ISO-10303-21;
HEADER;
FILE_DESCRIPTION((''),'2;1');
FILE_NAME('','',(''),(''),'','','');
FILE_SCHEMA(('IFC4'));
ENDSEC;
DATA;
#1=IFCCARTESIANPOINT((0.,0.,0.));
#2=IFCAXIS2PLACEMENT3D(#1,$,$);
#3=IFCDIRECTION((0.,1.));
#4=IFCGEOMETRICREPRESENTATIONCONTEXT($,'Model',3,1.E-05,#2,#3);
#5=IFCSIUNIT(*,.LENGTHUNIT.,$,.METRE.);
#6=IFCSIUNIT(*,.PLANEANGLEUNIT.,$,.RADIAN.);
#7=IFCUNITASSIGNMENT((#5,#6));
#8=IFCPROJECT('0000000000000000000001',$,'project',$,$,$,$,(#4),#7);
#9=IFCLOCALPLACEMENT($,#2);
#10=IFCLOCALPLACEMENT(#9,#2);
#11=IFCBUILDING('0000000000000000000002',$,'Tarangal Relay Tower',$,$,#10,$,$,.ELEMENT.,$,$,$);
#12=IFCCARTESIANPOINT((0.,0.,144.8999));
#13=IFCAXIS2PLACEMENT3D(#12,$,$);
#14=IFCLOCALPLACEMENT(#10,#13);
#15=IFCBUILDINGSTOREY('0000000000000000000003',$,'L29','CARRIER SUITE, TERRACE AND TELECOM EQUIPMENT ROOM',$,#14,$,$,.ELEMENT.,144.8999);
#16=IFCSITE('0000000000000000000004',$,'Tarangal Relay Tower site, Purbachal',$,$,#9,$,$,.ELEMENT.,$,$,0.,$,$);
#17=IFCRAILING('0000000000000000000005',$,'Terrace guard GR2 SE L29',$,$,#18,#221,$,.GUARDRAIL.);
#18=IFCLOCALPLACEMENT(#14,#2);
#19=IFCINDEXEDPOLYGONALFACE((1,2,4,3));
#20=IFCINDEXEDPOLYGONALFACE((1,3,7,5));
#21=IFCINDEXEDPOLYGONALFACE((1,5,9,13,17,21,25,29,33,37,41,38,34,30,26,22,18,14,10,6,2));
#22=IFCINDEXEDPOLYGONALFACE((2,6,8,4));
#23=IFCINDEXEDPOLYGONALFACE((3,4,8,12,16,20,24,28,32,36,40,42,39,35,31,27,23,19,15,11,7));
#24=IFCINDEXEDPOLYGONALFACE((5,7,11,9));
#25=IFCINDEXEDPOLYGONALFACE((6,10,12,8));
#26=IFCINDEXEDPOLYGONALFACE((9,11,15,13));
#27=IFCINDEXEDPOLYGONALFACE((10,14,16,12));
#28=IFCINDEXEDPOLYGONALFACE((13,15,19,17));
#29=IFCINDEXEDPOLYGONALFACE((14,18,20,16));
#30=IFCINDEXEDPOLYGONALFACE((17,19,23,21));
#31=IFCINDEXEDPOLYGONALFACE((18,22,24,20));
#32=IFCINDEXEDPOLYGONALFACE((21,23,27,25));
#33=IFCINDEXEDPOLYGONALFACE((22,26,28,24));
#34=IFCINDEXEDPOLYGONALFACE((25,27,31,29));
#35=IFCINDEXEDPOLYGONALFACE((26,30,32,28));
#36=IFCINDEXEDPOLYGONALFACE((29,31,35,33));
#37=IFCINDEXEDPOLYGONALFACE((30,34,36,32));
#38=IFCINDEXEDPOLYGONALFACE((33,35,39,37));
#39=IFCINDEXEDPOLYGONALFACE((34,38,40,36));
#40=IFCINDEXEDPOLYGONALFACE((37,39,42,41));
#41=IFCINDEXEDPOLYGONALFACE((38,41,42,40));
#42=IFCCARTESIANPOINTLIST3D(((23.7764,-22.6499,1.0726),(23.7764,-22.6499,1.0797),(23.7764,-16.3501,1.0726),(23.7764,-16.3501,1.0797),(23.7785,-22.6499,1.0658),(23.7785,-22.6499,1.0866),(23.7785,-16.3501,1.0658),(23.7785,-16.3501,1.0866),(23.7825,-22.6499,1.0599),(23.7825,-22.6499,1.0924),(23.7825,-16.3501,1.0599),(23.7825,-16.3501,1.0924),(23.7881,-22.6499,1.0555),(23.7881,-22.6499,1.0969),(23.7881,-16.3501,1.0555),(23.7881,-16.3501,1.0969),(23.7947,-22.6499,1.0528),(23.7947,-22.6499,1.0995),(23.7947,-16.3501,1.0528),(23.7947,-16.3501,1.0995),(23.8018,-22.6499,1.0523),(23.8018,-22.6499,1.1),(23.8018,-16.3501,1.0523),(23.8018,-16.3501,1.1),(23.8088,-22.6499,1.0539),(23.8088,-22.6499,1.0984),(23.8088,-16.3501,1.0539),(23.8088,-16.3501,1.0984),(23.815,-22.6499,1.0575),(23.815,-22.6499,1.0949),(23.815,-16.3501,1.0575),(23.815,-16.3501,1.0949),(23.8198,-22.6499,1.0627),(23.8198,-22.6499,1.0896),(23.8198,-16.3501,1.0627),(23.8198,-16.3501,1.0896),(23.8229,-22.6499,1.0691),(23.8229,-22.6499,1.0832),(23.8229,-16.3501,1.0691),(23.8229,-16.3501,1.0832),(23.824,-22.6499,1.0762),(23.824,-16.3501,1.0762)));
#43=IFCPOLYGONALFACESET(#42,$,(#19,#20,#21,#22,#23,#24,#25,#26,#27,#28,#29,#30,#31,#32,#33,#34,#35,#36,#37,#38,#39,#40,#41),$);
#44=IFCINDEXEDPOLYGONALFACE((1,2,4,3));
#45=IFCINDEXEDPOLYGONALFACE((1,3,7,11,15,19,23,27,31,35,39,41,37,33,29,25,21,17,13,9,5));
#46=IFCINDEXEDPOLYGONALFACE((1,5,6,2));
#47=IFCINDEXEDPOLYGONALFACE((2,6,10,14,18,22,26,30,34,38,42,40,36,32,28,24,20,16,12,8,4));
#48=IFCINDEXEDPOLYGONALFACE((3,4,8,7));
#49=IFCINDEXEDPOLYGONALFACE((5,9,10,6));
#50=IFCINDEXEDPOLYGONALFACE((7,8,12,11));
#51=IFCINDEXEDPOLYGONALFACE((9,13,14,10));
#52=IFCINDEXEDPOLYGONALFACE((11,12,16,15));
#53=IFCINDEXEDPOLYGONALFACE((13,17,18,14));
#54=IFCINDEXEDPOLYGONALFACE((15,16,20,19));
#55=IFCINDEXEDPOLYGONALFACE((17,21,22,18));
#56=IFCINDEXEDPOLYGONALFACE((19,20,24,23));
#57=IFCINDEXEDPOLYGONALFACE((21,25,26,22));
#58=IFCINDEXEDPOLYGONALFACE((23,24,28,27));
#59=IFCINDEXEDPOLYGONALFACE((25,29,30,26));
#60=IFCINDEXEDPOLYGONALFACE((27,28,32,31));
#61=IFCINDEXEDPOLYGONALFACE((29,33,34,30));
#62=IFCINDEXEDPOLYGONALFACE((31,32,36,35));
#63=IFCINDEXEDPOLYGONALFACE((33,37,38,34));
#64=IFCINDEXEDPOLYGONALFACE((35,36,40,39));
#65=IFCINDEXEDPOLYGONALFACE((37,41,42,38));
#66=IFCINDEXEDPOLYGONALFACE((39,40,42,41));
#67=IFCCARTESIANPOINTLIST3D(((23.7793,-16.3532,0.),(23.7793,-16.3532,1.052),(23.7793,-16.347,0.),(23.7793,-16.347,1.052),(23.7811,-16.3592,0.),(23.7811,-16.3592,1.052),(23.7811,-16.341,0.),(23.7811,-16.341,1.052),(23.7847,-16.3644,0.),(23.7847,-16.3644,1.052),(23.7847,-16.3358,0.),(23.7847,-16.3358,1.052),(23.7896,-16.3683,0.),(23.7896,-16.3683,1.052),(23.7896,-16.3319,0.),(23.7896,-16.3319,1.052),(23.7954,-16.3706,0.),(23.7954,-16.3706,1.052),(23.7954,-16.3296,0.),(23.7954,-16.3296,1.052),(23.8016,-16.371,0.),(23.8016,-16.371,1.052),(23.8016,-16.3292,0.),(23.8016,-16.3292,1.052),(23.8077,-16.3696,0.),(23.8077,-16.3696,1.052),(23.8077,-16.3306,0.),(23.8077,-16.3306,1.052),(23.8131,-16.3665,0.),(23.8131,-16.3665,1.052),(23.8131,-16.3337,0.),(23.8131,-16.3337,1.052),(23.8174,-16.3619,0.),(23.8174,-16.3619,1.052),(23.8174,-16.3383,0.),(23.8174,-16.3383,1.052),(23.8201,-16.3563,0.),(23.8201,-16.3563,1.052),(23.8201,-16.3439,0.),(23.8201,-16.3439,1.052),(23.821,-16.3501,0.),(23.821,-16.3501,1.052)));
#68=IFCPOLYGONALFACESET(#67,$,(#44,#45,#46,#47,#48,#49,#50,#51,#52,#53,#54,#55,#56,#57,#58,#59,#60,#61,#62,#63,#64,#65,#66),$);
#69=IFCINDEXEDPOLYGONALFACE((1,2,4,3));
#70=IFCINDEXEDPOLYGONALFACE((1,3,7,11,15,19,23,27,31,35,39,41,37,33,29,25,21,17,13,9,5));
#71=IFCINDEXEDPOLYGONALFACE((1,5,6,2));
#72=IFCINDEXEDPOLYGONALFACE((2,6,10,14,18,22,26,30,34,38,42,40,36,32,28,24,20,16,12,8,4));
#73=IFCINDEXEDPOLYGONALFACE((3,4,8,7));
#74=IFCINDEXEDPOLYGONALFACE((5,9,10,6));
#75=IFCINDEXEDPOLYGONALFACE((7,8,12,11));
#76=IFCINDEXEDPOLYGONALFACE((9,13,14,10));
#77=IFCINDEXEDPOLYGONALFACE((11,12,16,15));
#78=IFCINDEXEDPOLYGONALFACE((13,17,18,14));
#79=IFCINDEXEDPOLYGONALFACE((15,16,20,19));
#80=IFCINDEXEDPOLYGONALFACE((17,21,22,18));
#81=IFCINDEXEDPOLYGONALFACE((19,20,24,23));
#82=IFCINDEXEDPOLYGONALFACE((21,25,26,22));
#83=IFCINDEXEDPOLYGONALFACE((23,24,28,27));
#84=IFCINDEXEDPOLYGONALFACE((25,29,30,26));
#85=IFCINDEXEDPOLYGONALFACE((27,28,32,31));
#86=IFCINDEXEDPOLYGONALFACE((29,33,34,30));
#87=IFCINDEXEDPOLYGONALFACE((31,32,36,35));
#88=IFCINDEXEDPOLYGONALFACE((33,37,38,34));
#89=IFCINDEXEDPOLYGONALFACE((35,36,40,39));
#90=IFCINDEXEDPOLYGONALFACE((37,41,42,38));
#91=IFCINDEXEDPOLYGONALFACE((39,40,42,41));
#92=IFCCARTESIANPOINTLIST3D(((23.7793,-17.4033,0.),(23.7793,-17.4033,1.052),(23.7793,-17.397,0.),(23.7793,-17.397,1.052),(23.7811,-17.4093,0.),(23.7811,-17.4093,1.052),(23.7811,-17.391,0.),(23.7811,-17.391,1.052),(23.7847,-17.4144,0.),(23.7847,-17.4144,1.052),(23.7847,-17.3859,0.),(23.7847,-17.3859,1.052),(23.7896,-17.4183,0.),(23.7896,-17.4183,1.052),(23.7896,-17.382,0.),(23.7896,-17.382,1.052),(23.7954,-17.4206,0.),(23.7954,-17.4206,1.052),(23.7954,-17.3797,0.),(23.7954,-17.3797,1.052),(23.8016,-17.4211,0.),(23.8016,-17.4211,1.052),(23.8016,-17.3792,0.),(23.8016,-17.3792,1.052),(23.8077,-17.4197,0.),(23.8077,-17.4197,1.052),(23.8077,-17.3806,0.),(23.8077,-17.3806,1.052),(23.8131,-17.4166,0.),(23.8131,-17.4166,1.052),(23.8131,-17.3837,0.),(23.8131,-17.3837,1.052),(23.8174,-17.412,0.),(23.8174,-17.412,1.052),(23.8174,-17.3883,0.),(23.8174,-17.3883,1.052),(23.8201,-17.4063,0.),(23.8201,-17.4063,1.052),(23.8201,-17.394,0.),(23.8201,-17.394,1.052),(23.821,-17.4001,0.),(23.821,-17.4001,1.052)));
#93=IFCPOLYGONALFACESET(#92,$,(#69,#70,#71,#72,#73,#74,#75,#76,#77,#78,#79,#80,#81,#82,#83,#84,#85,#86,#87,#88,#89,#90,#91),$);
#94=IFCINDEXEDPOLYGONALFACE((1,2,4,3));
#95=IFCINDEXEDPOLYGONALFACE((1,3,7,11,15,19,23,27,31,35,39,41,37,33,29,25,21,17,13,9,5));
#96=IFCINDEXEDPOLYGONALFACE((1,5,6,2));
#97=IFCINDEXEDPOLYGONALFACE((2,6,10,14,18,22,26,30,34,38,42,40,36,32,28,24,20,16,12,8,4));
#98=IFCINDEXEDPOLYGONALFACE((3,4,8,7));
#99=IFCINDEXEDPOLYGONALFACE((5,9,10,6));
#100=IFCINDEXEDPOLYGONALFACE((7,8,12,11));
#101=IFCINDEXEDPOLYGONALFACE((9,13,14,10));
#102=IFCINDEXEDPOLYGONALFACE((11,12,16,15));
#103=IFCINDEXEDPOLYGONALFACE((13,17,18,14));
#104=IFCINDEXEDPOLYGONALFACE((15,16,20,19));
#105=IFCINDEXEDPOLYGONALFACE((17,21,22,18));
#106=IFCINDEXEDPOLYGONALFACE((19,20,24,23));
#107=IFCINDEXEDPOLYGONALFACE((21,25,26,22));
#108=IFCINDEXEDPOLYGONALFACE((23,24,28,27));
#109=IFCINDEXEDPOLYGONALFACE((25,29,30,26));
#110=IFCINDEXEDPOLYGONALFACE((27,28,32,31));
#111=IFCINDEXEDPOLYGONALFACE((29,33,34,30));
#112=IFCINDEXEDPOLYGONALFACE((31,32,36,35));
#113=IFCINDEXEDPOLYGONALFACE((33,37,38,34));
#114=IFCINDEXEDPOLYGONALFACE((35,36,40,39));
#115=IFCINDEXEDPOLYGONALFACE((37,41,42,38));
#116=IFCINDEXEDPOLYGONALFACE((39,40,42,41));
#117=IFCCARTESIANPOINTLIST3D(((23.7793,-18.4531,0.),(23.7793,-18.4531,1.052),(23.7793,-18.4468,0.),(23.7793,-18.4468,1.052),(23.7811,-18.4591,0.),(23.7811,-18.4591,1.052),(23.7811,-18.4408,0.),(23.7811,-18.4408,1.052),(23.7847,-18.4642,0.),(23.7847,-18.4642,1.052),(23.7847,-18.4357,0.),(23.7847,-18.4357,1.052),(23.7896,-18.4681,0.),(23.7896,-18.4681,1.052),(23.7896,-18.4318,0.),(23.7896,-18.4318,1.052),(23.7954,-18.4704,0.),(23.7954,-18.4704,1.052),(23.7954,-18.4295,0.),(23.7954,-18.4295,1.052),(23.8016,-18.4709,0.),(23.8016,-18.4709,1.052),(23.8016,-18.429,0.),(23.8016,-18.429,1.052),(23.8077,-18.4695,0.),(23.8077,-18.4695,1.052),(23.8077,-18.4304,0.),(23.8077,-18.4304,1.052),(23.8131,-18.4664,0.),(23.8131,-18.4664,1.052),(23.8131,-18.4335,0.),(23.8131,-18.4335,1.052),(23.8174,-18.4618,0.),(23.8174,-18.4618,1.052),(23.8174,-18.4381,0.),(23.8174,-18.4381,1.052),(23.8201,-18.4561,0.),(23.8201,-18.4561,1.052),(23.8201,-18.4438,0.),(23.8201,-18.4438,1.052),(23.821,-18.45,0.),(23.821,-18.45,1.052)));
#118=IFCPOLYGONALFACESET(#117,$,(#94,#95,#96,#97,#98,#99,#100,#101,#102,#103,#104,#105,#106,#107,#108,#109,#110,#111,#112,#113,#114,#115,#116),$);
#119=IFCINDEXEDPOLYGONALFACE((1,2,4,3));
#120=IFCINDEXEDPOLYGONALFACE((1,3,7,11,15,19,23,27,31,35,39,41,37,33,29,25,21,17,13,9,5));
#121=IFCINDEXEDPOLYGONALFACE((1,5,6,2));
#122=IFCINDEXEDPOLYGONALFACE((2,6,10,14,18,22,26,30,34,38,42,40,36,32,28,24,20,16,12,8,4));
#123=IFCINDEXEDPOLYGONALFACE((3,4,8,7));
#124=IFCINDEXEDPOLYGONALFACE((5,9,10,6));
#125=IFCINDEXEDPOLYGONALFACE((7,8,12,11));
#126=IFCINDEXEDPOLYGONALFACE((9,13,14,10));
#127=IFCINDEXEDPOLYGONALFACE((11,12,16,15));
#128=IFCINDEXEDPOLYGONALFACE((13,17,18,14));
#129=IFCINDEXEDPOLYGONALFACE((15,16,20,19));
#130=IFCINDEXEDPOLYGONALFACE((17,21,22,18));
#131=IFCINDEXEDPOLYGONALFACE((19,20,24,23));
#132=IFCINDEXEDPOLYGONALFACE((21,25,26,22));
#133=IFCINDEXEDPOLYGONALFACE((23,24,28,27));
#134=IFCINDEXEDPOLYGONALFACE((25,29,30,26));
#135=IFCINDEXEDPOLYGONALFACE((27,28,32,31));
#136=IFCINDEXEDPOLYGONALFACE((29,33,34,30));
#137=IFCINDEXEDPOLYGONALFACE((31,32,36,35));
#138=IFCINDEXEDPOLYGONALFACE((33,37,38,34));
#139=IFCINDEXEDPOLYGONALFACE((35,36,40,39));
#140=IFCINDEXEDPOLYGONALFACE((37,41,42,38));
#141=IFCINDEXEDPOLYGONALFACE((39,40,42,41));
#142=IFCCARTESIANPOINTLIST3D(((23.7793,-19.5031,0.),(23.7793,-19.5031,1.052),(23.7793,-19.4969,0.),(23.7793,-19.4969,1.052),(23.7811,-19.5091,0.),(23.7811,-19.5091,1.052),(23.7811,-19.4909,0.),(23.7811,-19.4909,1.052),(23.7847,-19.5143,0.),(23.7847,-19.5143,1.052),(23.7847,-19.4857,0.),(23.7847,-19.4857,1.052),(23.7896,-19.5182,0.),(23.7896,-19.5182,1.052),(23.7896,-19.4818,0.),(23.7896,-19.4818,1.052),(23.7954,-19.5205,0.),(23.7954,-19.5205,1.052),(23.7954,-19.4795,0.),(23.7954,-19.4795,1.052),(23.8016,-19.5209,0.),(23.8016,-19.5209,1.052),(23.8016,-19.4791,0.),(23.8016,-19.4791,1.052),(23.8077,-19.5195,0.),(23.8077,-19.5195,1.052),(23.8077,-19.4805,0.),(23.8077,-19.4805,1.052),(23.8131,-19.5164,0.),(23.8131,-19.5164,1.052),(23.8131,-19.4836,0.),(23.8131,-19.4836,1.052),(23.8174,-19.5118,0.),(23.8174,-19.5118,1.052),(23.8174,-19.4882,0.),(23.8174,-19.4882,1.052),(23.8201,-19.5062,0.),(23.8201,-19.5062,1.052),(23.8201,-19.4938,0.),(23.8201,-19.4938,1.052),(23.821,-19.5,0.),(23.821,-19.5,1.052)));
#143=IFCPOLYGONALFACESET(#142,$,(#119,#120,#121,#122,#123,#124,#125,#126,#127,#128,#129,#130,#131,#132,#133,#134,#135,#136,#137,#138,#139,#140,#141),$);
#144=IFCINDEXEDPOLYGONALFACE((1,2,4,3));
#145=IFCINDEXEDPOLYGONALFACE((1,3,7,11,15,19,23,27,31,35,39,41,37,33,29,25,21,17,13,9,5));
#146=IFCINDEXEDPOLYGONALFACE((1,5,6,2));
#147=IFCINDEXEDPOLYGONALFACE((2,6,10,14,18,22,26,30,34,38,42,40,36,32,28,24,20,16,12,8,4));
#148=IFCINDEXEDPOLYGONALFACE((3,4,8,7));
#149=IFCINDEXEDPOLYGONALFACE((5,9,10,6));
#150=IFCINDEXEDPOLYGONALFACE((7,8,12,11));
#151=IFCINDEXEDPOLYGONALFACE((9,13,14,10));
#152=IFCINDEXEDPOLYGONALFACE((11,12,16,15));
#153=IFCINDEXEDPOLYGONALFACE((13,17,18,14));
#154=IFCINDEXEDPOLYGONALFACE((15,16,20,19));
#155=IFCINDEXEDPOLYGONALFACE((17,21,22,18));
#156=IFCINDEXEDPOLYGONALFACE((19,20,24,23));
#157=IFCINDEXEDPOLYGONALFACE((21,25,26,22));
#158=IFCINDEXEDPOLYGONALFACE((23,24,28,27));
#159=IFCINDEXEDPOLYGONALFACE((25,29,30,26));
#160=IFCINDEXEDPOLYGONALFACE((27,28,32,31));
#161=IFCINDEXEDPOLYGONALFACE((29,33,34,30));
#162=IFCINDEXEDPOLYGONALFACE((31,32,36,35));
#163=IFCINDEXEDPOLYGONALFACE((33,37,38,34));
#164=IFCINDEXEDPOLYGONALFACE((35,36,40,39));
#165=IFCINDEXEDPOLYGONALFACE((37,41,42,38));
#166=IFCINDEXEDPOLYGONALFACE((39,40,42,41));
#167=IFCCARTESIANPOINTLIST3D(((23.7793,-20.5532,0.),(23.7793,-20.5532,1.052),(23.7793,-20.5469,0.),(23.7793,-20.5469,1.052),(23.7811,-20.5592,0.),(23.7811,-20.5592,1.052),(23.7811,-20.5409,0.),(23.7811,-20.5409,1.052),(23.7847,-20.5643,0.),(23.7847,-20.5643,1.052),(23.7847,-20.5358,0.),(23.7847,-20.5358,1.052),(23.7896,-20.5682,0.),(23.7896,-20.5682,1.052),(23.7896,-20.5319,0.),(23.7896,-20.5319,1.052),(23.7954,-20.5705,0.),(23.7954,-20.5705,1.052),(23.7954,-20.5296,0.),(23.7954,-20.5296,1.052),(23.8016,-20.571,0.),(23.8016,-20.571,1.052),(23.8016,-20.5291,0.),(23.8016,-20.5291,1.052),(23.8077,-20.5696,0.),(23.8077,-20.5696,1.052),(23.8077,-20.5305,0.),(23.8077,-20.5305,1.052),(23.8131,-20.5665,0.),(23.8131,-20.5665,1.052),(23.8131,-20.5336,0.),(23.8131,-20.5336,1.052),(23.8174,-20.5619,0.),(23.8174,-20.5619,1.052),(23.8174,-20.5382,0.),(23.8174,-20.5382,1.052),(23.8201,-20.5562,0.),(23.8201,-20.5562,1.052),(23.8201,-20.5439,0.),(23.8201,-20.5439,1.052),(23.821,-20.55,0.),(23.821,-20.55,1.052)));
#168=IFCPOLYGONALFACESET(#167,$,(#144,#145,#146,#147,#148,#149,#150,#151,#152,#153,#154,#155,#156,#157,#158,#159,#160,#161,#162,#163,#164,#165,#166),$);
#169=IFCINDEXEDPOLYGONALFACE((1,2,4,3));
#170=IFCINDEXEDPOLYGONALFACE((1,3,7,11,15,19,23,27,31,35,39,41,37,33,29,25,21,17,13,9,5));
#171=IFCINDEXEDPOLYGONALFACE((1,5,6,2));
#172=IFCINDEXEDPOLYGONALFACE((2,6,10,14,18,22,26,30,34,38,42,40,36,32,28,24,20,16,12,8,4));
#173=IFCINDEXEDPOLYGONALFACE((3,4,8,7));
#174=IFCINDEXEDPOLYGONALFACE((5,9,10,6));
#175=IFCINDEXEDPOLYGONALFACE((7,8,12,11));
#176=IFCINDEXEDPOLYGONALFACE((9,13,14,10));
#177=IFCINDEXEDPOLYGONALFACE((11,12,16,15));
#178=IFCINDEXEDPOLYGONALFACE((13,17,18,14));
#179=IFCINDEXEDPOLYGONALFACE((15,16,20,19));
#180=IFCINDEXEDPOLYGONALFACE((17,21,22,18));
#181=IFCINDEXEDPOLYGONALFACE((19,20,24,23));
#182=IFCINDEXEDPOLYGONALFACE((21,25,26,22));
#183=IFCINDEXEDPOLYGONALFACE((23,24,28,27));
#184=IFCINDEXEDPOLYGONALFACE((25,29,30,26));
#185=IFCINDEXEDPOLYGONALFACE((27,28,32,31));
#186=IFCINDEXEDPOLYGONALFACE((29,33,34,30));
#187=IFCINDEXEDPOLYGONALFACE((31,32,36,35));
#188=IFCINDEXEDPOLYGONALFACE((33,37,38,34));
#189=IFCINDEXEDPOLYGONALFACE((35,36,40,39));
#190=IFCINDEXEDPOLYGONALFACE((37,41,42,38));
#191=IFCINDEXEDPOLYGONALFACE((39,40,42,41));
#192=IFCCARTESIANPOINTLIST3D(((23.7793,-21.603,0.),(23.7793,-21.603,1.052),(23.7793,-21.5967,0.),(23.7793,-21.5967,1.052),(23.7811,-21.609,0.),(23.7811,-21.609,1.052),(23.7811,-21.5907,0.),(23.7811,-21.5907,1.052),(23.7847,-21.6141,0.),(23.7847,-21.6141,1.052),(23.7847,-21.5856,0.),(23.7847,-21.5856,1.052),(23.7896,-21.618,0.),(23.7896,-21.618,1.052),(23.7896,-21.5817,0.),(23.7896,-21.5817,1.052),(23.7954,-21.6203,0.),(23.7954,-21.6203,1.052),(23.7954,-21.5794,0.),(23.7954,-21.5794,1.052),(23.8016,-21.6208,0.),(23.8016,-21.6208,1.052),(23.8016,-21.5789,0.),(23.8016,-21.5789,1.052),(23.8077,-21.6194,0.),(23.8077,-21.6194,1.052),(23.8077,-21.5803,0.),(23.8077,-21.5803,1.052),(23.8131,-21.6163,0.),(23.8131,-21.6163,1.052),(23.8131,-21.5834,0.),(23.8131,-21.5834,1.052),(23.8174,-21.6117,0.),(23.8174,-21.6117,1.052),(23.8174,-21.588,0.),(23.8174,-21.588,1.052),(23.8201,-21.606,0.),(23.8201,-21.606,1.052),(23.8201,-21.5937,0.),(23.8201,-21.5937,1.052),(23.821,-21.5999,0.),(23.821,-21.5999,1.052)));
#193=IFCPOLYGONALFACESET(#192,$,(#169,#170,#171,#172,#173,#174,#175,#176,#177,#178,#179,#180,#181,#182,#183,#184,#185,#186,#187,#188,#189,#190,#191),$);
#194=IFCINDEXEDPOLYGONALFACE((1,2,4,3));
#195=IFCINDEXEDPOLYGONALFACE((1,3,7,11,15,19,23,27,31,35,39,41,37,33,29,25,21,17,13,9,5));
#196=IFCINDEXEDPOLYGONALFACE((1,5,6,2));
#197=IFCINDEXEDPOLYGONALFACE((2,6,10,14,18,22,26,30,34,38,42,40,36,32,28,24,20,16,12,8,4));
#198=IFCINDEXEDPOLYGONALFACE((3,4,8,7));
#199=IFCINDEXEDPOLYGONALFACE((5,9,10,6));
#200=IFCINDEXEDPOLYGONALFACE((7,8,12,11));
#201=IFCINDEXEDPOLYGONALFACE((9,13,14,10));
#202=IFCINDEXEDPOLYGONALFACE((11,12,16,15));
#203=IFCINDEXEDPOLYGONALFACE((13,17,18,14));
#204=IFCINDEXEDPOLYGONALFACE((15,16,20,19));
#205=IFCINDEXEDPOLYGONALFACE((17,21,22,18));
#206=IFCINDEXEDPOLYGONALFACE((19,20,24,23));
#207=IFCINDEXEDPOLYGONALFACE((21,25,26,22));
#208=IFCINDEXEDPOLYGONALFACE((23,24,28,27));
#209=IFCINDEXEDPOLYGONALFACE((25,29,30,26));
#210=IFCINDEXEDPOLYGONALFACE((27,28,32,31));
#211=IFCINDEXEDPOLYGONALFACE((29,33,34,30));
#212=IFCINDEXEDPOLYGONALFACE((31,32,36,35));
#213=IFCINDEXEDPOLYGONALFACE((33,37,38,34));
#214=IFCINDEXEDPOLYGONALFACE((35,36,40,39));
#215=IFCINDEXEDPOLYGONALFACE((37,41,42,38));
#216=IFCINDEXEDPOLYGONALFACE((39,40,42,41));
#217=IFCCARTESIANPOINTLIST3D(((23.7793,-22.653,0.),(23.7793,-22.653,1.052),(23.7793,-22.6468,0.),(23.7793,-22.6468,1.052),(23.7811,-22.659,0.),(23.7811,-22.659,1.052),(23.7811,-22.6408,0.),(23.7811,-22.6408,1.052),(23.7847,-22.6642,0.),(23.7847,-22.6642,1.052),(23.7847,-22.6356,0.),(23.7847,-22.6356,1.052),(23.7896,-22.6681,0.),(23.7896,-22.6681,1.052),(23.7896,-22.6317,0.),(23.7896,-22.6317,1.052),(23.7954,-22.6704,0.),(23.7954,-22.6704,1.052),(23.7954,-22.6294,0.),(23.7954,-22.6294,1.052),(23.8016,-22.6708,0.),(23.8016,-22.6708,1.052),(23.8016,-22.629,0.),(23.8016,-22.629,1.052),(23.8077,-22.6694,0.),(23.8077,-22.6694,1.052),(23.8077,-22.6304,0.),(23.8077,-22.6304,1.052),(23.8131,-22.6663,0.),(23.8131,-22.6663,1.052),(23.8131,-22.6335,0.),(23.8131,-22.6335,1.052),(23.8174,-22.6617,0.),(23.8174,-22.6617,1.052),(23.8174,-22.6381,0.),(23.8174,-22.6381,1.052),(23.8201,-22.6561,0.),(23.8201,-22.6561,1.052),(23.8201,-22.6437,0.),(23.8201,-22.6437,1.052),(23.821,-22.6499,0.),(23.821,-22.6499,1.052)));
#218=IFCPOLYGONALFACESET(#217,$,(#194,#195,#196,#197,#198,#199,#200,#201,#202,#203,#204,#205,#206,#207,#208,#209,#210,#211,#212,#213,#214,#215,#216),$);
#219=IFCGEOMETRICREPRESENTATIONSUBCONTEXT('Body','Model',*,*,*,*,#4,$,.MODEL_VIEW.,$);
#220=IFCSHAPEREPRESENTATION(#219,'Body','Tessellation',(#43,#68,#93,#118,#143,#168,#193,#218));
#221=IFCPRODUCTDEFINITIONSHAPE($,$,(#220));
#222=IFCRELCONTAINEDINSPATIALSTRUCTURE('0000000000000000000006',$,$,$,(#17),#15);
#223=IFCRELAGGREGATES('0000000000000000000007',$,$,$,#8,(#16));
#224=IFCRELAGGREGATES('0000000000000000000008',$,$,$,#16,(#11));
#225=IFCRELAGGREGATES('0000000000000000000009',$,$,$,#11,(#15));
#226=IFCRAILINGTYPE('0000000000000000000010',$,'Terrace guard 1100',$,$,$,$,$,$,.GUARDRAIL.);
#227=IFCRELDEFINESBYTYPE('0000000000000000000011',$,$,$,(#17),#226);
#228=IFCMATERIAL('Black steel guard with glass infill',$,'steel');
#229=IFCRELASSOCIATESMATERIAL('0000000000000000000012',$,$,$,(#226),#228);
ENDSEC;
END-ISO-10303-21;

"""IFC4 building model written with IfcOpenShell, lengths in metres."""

from ifc_helpers import new_model, si_unit, direction, frame, origin, origin_2d, place, context, subcontext, project, spatial, circle, extrude, material, type_object, element, save


model = new_model("IFC4")

# Units and contexts
model_context = context("Model", 3, precision=1e-05, world=origin(), true_north=direction((0.0, 1.0)))
body_context = subcontext(model_context, "Body", "Model", "MODEL_VIEW")
ifc_project = project(units=[si_unit("LENGTHUNIT", "METRE"), si_unit("PLANEANGLEUNIT", "RADIAN")], contexts=[model_context])

# Site, building, storey
site_placement = place(None, origin())
site = spatial("IfcSite", under=ifc_project, at=site_placement, Name="Tarangal Relay Tower site, Purbachal", CompositionType="ELEMENT", RefElevation=0.0)
building_placement = place(site_placement, origin())
building = spatial("IfcBuilding", under=site, at=building_placement, Name="Tarangal Relay Tower", CompositionType="ELEMENT")
storey_placement = place(building_placement, frame((0.0, 0.0, 144.8999)))
storey = spatial("IfcBuildingStorey", under=building, at=storey_placement, Name="L29", Description="CARRIER SUITE, TERRACE AND TELECOM EQUIPMENT ROOM", CompositionType="ELEMENT", Elevation=144.8999)

# Railing
ifc_material_1 = material(Name="Black steel guard with glass infill", Category="steel")
railing_type = type_object("IfcRailingType", Name="Terrace guard 1100", PredefinedType="GUARDRAIL", material=ifc_material_1)
railing_1_placement = place(storey_placement, frame((23.8, -16.3501, 0.0)))
element("IfcRailing", 1, at=railing_1_placement, inside=storey, type_object=railing_type, Name="Terrace guard GR2 SE L29", PredefinedType="GUARDRAIL", context=body_context, shape_type="SweptSolid", body=[
    extrude(circle(Radius=0.0239, at=origin_2d()), frame((0.0, 0.0, 1.0762), z_axis=(0.0, -1.0, 0.0), x_axis=(1.0, 0.0, 0.0)), (0.0, 0.0, 1.0), 6.2998),
    extrude(circle(Radius=0.021, at=origin_2d()), origin(), (0.0, 0.0, 1.0), 1.052),
    extrude(circle(Radius=0.021, at=origin_2d()), frame((0.0, -1.05, 0.0)), (0.0, 0.0, 1.0), 1.052),
    extrude(circle(Radius=0.021, at=origin_2d()), frame((0.0, -2.0999, 0.0)), (0.0, 0.0, 1.0), 1.052),
    extrude(circle(Radius=0.021, at=origin_2d()), frame((0.0, -3.1499, 0.0)), (0.0, 0.0, 1.0), 1.052),
    extrude(circle(Radius=0.021, at=origin_2d()), frame((0.0, -4.2, 0.0)), (0.0, 0.0, 1.0), 1.052),
    extrude(circle(Radius=0.021, at=origin_2d()), frame((0.0, -5.2498, 0.0)), (0.0, 0.0, 1.0), 1.052),
    extrude(circle(Radius=0.021, at=origin_2d()), frame((0.0, -6.2998, 0.0)), (0.0, 0.0, 1.0), 1.052),
])

save(model, "model.ifc")
